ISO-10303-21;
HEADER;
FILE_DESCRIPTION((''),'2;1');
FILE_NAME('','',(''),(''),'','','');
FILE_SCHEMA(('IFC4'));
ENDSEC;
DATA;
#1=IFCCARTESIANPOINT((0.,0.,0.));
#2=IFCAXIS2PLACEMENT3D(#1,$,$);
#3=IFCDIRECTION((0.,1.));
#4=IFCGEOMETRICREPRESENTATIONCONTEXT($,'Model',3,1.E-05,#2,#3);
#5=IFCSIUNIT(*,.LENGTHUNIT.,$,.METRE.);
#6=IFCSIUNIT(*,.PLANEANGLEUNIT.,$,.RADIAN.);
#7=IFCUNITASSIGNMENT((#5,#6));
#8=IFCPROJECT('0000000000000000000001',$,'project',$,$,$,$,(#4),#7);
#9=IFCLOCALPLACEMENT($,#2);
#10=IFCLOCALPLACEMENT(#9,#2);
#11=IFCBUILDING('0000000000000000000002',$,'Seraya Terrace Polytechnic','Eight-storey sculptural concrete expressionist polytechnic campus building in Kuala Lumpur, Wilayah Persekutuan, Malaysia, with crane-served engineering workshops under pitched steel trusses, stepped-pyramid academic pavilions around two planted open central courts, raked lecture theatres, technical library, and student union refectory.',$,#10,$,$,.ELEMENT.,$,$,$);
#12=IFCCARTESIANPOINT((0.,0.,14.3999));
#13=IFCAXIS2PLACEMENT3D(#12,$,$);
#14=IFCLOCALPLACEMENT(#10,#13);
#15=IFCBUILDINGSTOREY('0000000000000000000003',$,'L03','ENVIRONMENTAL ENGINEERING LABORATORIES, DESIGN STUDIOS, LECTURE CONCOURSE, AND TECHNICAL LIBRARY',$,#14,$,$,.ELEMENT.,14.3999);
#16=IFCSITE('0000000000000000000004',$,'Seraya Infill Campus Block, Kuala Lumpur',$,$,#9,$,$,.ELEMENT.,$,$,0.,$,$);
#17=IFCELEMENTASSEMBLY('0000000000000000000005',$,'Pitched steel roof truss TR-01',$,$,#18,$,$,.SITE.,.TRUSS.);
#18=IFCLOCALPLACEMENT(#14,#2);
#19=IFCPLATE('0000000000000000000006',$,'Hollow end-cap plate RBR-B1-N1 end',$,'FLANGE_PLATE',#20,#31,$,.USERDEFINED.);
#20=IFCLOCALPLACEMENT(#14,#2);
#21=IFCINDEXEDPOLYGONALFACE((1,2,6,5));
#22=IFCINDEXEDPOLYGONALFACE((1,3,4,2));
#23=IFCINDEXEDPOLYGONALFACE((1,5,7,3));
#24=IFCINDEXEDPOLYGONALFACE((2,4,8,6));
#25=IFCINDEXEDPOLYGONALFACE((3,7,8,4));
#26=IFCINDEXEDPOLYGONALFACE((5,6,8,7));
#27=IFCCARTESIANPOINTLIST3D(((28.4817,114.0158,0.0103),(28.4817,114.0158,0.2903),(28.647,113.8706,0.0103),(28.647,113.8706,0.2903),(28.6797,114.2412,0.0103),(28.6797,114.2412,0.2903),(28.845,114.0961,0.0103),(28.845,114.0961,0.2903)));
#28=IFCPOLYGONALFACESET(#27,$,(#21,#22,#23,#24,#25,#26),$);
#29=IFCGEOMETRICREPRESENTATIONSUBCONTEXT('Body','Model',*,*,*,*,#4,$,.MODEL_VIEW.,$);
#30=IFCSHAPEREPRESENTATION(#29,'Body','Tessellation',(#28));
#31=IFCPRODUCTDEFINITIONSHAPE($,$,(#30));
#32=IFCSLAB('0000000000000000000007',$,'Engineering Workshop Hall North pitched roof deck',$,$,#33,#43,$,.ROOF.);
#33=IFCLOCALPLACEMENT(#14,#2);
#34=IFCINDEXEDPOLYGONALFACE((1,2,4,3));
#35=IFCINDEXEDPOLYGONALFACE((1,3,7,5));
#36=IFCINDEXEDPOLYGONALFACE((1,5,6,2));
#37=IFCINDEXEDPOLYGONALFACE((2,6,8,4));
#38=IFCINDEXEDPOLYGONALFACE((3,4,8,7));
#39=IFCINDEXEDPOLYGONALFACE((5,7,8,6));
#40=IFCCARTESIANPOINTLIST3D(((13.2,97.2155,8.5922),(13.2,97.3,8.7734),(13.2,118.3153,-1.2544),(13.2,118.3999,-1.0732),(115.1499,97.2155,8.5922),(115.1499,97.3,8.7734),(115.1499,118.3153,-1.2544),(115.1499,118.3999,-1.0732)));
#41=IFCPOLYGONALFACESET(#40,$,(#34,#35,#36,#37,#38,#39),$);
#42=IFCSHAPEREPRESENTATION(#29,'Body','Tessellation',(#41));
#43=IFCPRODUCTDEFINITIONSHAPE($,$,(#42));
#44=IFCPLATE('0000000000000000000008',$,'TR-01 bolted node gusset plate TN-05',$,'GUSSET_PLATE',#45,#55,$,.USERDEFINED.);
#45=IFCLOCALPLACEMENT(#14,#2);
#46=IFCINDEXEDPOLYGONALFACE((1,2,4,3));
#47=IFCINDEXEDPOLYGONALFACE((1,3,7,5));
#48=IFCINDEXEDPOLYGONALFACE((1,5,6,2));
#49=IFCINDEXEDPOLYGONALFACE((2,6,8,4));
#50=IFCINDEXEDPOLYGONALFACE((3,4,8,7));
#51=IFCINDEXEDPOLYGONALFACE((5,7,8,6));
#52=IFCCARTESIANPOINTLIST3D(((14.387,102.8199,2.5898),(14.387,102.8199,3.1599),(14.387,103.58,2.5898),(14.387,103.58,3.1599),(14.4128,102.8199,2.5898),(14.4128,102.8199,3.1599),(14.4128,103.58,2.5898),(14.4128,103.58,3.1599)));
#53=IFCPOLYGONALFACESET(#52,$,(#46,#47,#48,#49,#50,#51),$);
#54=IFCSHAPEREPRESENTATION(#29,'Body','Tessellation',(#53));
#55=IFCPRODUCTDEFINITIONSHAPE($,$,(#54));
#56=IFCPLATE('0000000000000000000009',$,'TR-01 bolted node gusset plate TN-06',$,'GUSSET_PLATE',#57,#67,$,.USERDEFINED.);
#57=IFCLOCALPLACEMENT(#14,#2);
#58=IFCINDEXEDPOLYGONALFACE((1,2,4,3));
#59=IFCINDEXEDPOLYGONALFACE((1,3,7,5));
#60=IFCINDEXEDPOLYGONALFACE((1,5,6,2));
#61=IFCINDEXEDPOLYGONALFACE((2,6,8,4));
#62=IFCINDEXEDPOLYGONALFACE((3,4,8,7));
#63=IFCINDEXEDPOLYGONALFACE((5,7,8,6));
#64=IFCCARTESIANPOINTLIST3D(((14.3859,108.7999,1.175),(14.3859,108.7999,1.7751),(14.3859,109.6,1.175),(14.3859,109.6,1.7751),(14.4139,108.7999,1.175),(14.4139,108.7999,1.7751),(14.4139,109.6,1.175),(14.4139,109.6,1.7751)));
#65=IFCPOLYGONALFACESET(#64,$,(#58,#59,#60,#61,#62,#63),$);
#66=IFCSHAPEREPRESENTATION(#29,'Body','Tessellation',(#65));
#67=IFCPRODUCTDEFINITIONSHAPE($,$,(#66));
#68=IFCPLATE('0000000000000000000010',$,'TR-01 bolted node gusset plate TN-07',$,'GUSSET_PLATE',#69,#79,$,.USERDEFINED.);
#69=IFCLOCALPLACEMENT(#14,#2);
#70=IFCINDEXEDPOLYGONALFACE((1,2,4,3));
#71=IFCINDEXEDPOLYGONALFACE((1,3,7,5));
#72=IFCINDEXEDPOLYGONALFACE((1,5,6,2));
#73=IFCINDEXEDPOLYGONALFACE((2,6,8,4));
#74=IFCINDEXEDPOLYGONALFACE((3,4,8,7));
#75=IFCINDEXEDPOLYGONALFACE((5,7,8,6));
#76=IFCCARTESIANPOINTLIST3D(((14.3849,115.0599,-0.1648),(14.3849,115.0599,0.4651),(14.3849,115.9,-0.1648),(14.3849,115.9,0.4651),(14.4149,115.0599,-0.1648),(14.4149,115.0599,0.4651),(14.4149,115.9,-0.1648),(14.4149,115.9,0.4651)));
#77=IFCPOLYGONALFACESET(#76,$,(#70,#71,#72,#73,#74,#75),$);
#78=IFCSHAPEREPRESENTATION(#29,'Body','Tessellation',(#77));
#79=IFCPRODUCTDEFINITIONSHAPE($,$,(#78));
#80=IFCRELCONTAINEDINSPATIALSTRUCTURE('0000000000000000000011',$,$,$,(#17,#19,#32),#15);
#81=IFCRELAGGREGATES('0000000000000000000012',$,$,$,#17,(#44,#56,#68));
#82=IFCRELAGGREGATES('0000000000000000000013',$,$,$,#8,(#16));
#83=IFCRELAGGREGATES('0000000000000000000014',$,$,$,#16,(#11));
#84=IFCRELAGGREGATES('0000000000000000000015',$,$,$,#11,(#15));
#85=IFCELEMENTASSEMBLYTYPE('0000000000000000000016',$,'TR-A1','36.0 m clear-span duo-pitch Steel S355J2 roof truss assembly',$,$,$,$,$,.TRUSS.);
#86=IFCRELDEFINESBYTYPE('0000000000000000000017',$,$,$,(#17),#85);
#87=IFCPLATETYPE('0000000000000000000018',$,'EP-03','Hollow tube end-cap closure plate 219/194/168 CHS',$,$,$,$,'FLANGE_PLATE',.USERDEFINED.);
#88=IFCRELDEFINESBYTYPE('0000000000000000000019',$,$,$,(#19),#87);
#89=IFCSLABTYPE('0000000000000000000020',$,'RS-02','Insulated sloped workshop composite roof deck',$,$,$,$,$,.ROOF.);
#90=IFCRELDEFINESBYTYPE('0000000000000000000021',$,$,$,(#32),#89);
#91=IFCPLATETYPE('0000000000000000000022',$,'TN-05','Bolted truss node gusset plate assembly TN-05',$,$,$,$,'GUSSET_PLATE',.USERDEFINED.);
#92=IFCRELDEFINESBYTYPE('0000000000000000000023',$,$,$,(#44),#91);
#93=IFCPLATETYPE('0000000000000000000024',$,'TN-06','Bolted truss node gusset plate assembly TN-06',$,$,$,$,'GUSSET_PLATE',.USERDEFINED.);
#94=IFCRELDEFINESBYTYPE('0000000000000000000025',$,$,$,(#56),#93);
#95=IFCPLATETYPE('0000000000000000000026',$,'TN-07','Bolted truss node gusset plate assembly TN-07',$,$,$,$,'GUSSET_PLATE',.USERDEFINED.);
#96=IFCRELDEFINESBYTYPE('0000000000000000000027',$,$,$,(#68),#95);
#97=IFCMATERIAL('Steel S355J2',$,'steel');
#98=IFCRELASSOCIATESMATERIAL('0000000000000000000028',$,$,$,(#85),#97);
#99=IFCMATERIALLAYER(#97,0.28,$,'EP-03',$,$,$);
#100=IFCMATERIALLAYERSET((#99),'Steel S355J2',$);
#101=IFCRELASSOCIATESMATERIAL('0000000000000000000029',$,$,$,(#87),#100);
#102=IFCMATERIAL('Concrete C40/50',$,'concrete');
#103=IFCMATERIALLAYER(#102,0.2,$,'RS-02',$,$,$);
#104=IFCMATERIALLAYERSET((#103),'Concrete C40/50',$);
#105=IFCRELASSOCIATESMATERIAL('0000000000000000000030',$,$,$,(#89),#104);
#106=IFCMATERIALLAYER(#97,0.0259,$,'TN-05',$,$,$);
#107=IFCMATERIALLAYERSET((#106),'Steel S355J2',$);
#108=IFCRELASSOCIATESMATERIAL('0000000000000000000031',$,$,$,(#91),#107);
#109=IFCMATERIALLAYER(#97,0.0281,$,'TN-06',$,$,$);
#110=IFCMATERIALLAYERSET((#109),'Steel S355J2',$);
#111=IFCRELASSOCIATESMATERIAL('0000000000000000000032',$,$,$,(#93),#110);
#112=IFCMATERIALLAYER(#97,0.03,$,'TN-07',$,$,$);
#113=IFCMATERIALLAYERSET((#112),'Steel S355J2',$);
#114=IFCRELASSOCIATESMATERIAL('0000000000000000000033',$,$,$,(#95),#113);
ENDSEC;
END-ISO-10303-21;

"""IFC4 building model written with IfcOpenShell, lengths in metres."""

from ifc_helpers import new_model, si_unit, direction, frame, origin, origin_2d, place, context, subcontext, project, spatial, polyline, rectangle, outline, extrude, material, layer, layer_set, type_object, element, aggregate, save


model = new_model("IFC4")

# Units and contexts
model_context = context("Model", 3, precision=1e-05, world=origin(), true_north=direction((0.0, 1.0)))
body_context = subcontext(model_context, "Body", "Model", "MODEL_VIEW")
ifc_project = project(units=[si_unit("LENGTHUNIT", "METRE"), si_unit("PLANEANGLEUNIT", "RADIAN")], contexts=[model_context])

# Site, building, storey
site_placement = place(None, origin())
site = spatial("IfcSite", under=ifc_project, at=site_placement, Name="Seraya Infill Campus Block, Kuala Lumpur", CompositionType="ELEMENT", RefElevation=0.0)
building_placement = place(site_placement, origin())
building = spatial("IfcBuilding", under=site, at=building_placement, Name="Seraya Terrace Polytechnic", Description="Eight-storey sculptural concrete expressionist polytechnic campus building in Kuala Lumpur, Wilayah Persekutuan, Malaysia, with crane-served engineering workshops under pitched steel trusses, stepped-pyramid academic pavilions around two planted open central courts, raked lecture theatres, technical library, and student union refectory.", CompositionType="ELEMENT")
storey_placement = place(building_placement, frame((0.0, 0.0, 14.3999)))
storey = spatial("IfcBuildingStorey", under=building, at=storey_placement, Name="L03", Description="ENVIRONMENTAL ENGINEERING LABORATORIES, DESIGN STUDIOS, LECTURE CONCOURSE, AND TECHNICAL LIBRARY", CompositionType="ELEMENT", Elevation=14.3999)

# Element assembly
ifc_material_1 = material(Name="Steel S355J2", Category="steel")
element_assembly_type = type_object("IfcElementAssemblyType", Name="TR-A1", Description="36.0 m clear-span duo-pitch Steel S355J2 roof truss assembly", PredefinedType="TRUSS", material=ifc_material_1)
assembly_placement = place(storey_placement, origin())
assembly = element("IfcElementAssembly", 1, at=assembly_placement, inside=storey, type_object=element_assembly_type, Name="Pitched steel roof truss TR-01", AssemblyPlace="SITE", PredefinedType="TRUSS")

# Shared definitions
ifc_material_2 = material(Name="Concrete C40/50", Category="concrete")

# Shared definitions
ifc_layer_1 = layer(ifc_material_1, 0.28, Name="EP-03")
ifc_layer_set_1 = layer_set([ifc_layer_1], Name="Steel S355J2")
plate_type_1 = type_object("IfcPlateType", Name="EP-03", Description="Hollow tube end-cap closure plate 219/194/168 CHS", ElementType="FLANGE_PLATE", PredefinedType="USERDEFINED", material=ifc_layer_set_1)

# Plate
for number, where, z_axis, x_axis, name in (
    (2, (28.6633, 114.0559, 0.0103), (0.0, 0.0, 1.0), (0.659871, 0.751379, 0.0), "Hollow end-cap plate RBR-B1-N1 end"),
):
    element("IfcPlate", number, at=place(storey_placement, frame(where, z_axis=z_axis, x_axis=x_axis)), inside=storey, type_object=plate_type_1, Name=name, ObjectType="FLANGE_PLATE", PredefinedType="USERDEFINED", context=body_context, shape_type="SweptSolid", body=[
        extrude(rectangle(XDim=0.3, YDim=0.22, at=origin_2d()), origin(), (0.0, 0.0, 1.0), 0.28),
    ])

# Slab
ifc_layer_2 = layer(ifc_material_2, 0.2, Name="RS-02")
ifc_layer_set_2 = layer_set([ifc_layer_2], Name="Concrete C40/50")
slab_type = type_object("IfcSlabType", Name="RS-02", Description="Insulated sloped workshop composite roof deck", PredefinedType="ROOF", material=ifc_layer_set_2)
slab_placement = place(storey_placement, frame((13.2, 97.3, 8.7734), z_axis=(0.0, 0.422888, 0.906182), x_axis=(1.0, 0.0, 0.0)))
element("IfcSlab", 3, at=slab_placement, inside=storey, type_object=slab_type, Name="Engineering Workshop Hall North pitched roof deck", PredefinedType="ROOF", context=body_context, shape_type="SweptSolid", body=[
    extrude(outline(polyline([(0.0, 0.0), (101.95, 0.0), (101.95, 23.2843), (0.0, 23.2843), (0.0, 0.0)])), origin(), (0.0, 0.0, -1.0), 0.2),
])

# Plates
ifc_layer_3 = layer(ifc_material_1, 0.0259, Name="TN-05")
ifc_layer_set_3 = layer_set([ifc_layer_3], Name="Steel S355J2")
plate_type_2 = type_object("IfcPlateType", Name="TN-05", Description="Bolted truss node gusset plate assembly TN-05", ElementType="GUSSET_PLATE", PredefinedType="USERDEFINED", material=ifc_layer_set_3)
plate_1_placement = place(storey_placement, frame((14.3999, 103.2, 2.5898), z_axis=(0.0, 0.0, 1.0), x_axis=(0.0, 1.0, 0.0)))
plate_1 = element("IfcPlate", 4, at=plate_1_placement, type_object=plate_type_2, Name="TR-01 bolted node gusset plate TN-05", ObjectType="GUSSET_PLATE", PredefinedType="USERDEFINED", context=body_context, shape_type="SweptSolid", body=[
    extrude(rectangle(XDim=0.76, YDim=0.0259, at=origin_2d()), origin(), (0.0, 0.0, 1.0), 0.5701),
])
ifc_layer_4 = layer(ifc_material_1, 0.0281, Name="TN-06")
ifc_layer_set_4 = layer_set([ifc_layer_4], Name="Steel S355J2")
plate_type_3 = type_object("IfcPlateType", Name="TN-06", Description="Bolted truss node gusset plate assembly TN-06", ElementType="GUSSET_PLATE", PredefinedType="USERDEFINED", material=ifc_layer_set_4)
plate_2_placement = place(storey_placement, frame((14.3999, 109.2, 1.175), z_axis=(0.0, 0.0, 1.0), x_axis=(0.0, 1.0, 0.0)))
plate_2 = element("IfcPlate", 5, at=plate_2_placement, type_object=plate_type_3, Name="TR-01 bolted node gusset plate TN-06", ObjectType="GUSSET_PLATE", PredefinedType="USERDEFINED", context=body_context, shape_type="SweptSolid", body=[
    extrude(rectangle(XDim=0.8, YDim=0.0281, at=origin_2d()), origin(), (0.0, 0.0, 1.0), 0.6001),
])
ifc_layer_5 = layer(ifc_material_1, 0.03, Name="TN-07")
ifc_layer_set_5 = layer_set([ifc_layer_5], Name="Steel S355J2")
plate_type_4 = type_object("IfcPlateType", Name="TN-07", Description="Bolted truss node gusset plate assembly TN-07", ElementType="GUSSET_PLATE", PredefinedType="USERDEFINED", material=ifc_layer_set_5)
plate_3_placement = place(storey_placement, frame((14.3999, 115.48, -0.1648), z_axis=(0.0, 0.0, 1.0), x_axis=(0.0, 1.0, 0.0)))
plate_3 = element("IfcPlate", 6, at=plate_3_placement, type_object=plate_type_4, Name="TR-01 bolted node gusset plate TN-07", ObjectType="GUSSET_PLATE", PredefinedType="USERDEFINED", context=body_context, shape_type="SweptSolid", body=[
    extrude(rectangle(XDim=0.8401, YDim=0.03, at=origin_2d()), origin(), (0.0, 0.0, 1.0), 0.6299),
])
aggregate(assembly, [plate_1, plate_2, plate_3])

save(model, "model.ifc")
